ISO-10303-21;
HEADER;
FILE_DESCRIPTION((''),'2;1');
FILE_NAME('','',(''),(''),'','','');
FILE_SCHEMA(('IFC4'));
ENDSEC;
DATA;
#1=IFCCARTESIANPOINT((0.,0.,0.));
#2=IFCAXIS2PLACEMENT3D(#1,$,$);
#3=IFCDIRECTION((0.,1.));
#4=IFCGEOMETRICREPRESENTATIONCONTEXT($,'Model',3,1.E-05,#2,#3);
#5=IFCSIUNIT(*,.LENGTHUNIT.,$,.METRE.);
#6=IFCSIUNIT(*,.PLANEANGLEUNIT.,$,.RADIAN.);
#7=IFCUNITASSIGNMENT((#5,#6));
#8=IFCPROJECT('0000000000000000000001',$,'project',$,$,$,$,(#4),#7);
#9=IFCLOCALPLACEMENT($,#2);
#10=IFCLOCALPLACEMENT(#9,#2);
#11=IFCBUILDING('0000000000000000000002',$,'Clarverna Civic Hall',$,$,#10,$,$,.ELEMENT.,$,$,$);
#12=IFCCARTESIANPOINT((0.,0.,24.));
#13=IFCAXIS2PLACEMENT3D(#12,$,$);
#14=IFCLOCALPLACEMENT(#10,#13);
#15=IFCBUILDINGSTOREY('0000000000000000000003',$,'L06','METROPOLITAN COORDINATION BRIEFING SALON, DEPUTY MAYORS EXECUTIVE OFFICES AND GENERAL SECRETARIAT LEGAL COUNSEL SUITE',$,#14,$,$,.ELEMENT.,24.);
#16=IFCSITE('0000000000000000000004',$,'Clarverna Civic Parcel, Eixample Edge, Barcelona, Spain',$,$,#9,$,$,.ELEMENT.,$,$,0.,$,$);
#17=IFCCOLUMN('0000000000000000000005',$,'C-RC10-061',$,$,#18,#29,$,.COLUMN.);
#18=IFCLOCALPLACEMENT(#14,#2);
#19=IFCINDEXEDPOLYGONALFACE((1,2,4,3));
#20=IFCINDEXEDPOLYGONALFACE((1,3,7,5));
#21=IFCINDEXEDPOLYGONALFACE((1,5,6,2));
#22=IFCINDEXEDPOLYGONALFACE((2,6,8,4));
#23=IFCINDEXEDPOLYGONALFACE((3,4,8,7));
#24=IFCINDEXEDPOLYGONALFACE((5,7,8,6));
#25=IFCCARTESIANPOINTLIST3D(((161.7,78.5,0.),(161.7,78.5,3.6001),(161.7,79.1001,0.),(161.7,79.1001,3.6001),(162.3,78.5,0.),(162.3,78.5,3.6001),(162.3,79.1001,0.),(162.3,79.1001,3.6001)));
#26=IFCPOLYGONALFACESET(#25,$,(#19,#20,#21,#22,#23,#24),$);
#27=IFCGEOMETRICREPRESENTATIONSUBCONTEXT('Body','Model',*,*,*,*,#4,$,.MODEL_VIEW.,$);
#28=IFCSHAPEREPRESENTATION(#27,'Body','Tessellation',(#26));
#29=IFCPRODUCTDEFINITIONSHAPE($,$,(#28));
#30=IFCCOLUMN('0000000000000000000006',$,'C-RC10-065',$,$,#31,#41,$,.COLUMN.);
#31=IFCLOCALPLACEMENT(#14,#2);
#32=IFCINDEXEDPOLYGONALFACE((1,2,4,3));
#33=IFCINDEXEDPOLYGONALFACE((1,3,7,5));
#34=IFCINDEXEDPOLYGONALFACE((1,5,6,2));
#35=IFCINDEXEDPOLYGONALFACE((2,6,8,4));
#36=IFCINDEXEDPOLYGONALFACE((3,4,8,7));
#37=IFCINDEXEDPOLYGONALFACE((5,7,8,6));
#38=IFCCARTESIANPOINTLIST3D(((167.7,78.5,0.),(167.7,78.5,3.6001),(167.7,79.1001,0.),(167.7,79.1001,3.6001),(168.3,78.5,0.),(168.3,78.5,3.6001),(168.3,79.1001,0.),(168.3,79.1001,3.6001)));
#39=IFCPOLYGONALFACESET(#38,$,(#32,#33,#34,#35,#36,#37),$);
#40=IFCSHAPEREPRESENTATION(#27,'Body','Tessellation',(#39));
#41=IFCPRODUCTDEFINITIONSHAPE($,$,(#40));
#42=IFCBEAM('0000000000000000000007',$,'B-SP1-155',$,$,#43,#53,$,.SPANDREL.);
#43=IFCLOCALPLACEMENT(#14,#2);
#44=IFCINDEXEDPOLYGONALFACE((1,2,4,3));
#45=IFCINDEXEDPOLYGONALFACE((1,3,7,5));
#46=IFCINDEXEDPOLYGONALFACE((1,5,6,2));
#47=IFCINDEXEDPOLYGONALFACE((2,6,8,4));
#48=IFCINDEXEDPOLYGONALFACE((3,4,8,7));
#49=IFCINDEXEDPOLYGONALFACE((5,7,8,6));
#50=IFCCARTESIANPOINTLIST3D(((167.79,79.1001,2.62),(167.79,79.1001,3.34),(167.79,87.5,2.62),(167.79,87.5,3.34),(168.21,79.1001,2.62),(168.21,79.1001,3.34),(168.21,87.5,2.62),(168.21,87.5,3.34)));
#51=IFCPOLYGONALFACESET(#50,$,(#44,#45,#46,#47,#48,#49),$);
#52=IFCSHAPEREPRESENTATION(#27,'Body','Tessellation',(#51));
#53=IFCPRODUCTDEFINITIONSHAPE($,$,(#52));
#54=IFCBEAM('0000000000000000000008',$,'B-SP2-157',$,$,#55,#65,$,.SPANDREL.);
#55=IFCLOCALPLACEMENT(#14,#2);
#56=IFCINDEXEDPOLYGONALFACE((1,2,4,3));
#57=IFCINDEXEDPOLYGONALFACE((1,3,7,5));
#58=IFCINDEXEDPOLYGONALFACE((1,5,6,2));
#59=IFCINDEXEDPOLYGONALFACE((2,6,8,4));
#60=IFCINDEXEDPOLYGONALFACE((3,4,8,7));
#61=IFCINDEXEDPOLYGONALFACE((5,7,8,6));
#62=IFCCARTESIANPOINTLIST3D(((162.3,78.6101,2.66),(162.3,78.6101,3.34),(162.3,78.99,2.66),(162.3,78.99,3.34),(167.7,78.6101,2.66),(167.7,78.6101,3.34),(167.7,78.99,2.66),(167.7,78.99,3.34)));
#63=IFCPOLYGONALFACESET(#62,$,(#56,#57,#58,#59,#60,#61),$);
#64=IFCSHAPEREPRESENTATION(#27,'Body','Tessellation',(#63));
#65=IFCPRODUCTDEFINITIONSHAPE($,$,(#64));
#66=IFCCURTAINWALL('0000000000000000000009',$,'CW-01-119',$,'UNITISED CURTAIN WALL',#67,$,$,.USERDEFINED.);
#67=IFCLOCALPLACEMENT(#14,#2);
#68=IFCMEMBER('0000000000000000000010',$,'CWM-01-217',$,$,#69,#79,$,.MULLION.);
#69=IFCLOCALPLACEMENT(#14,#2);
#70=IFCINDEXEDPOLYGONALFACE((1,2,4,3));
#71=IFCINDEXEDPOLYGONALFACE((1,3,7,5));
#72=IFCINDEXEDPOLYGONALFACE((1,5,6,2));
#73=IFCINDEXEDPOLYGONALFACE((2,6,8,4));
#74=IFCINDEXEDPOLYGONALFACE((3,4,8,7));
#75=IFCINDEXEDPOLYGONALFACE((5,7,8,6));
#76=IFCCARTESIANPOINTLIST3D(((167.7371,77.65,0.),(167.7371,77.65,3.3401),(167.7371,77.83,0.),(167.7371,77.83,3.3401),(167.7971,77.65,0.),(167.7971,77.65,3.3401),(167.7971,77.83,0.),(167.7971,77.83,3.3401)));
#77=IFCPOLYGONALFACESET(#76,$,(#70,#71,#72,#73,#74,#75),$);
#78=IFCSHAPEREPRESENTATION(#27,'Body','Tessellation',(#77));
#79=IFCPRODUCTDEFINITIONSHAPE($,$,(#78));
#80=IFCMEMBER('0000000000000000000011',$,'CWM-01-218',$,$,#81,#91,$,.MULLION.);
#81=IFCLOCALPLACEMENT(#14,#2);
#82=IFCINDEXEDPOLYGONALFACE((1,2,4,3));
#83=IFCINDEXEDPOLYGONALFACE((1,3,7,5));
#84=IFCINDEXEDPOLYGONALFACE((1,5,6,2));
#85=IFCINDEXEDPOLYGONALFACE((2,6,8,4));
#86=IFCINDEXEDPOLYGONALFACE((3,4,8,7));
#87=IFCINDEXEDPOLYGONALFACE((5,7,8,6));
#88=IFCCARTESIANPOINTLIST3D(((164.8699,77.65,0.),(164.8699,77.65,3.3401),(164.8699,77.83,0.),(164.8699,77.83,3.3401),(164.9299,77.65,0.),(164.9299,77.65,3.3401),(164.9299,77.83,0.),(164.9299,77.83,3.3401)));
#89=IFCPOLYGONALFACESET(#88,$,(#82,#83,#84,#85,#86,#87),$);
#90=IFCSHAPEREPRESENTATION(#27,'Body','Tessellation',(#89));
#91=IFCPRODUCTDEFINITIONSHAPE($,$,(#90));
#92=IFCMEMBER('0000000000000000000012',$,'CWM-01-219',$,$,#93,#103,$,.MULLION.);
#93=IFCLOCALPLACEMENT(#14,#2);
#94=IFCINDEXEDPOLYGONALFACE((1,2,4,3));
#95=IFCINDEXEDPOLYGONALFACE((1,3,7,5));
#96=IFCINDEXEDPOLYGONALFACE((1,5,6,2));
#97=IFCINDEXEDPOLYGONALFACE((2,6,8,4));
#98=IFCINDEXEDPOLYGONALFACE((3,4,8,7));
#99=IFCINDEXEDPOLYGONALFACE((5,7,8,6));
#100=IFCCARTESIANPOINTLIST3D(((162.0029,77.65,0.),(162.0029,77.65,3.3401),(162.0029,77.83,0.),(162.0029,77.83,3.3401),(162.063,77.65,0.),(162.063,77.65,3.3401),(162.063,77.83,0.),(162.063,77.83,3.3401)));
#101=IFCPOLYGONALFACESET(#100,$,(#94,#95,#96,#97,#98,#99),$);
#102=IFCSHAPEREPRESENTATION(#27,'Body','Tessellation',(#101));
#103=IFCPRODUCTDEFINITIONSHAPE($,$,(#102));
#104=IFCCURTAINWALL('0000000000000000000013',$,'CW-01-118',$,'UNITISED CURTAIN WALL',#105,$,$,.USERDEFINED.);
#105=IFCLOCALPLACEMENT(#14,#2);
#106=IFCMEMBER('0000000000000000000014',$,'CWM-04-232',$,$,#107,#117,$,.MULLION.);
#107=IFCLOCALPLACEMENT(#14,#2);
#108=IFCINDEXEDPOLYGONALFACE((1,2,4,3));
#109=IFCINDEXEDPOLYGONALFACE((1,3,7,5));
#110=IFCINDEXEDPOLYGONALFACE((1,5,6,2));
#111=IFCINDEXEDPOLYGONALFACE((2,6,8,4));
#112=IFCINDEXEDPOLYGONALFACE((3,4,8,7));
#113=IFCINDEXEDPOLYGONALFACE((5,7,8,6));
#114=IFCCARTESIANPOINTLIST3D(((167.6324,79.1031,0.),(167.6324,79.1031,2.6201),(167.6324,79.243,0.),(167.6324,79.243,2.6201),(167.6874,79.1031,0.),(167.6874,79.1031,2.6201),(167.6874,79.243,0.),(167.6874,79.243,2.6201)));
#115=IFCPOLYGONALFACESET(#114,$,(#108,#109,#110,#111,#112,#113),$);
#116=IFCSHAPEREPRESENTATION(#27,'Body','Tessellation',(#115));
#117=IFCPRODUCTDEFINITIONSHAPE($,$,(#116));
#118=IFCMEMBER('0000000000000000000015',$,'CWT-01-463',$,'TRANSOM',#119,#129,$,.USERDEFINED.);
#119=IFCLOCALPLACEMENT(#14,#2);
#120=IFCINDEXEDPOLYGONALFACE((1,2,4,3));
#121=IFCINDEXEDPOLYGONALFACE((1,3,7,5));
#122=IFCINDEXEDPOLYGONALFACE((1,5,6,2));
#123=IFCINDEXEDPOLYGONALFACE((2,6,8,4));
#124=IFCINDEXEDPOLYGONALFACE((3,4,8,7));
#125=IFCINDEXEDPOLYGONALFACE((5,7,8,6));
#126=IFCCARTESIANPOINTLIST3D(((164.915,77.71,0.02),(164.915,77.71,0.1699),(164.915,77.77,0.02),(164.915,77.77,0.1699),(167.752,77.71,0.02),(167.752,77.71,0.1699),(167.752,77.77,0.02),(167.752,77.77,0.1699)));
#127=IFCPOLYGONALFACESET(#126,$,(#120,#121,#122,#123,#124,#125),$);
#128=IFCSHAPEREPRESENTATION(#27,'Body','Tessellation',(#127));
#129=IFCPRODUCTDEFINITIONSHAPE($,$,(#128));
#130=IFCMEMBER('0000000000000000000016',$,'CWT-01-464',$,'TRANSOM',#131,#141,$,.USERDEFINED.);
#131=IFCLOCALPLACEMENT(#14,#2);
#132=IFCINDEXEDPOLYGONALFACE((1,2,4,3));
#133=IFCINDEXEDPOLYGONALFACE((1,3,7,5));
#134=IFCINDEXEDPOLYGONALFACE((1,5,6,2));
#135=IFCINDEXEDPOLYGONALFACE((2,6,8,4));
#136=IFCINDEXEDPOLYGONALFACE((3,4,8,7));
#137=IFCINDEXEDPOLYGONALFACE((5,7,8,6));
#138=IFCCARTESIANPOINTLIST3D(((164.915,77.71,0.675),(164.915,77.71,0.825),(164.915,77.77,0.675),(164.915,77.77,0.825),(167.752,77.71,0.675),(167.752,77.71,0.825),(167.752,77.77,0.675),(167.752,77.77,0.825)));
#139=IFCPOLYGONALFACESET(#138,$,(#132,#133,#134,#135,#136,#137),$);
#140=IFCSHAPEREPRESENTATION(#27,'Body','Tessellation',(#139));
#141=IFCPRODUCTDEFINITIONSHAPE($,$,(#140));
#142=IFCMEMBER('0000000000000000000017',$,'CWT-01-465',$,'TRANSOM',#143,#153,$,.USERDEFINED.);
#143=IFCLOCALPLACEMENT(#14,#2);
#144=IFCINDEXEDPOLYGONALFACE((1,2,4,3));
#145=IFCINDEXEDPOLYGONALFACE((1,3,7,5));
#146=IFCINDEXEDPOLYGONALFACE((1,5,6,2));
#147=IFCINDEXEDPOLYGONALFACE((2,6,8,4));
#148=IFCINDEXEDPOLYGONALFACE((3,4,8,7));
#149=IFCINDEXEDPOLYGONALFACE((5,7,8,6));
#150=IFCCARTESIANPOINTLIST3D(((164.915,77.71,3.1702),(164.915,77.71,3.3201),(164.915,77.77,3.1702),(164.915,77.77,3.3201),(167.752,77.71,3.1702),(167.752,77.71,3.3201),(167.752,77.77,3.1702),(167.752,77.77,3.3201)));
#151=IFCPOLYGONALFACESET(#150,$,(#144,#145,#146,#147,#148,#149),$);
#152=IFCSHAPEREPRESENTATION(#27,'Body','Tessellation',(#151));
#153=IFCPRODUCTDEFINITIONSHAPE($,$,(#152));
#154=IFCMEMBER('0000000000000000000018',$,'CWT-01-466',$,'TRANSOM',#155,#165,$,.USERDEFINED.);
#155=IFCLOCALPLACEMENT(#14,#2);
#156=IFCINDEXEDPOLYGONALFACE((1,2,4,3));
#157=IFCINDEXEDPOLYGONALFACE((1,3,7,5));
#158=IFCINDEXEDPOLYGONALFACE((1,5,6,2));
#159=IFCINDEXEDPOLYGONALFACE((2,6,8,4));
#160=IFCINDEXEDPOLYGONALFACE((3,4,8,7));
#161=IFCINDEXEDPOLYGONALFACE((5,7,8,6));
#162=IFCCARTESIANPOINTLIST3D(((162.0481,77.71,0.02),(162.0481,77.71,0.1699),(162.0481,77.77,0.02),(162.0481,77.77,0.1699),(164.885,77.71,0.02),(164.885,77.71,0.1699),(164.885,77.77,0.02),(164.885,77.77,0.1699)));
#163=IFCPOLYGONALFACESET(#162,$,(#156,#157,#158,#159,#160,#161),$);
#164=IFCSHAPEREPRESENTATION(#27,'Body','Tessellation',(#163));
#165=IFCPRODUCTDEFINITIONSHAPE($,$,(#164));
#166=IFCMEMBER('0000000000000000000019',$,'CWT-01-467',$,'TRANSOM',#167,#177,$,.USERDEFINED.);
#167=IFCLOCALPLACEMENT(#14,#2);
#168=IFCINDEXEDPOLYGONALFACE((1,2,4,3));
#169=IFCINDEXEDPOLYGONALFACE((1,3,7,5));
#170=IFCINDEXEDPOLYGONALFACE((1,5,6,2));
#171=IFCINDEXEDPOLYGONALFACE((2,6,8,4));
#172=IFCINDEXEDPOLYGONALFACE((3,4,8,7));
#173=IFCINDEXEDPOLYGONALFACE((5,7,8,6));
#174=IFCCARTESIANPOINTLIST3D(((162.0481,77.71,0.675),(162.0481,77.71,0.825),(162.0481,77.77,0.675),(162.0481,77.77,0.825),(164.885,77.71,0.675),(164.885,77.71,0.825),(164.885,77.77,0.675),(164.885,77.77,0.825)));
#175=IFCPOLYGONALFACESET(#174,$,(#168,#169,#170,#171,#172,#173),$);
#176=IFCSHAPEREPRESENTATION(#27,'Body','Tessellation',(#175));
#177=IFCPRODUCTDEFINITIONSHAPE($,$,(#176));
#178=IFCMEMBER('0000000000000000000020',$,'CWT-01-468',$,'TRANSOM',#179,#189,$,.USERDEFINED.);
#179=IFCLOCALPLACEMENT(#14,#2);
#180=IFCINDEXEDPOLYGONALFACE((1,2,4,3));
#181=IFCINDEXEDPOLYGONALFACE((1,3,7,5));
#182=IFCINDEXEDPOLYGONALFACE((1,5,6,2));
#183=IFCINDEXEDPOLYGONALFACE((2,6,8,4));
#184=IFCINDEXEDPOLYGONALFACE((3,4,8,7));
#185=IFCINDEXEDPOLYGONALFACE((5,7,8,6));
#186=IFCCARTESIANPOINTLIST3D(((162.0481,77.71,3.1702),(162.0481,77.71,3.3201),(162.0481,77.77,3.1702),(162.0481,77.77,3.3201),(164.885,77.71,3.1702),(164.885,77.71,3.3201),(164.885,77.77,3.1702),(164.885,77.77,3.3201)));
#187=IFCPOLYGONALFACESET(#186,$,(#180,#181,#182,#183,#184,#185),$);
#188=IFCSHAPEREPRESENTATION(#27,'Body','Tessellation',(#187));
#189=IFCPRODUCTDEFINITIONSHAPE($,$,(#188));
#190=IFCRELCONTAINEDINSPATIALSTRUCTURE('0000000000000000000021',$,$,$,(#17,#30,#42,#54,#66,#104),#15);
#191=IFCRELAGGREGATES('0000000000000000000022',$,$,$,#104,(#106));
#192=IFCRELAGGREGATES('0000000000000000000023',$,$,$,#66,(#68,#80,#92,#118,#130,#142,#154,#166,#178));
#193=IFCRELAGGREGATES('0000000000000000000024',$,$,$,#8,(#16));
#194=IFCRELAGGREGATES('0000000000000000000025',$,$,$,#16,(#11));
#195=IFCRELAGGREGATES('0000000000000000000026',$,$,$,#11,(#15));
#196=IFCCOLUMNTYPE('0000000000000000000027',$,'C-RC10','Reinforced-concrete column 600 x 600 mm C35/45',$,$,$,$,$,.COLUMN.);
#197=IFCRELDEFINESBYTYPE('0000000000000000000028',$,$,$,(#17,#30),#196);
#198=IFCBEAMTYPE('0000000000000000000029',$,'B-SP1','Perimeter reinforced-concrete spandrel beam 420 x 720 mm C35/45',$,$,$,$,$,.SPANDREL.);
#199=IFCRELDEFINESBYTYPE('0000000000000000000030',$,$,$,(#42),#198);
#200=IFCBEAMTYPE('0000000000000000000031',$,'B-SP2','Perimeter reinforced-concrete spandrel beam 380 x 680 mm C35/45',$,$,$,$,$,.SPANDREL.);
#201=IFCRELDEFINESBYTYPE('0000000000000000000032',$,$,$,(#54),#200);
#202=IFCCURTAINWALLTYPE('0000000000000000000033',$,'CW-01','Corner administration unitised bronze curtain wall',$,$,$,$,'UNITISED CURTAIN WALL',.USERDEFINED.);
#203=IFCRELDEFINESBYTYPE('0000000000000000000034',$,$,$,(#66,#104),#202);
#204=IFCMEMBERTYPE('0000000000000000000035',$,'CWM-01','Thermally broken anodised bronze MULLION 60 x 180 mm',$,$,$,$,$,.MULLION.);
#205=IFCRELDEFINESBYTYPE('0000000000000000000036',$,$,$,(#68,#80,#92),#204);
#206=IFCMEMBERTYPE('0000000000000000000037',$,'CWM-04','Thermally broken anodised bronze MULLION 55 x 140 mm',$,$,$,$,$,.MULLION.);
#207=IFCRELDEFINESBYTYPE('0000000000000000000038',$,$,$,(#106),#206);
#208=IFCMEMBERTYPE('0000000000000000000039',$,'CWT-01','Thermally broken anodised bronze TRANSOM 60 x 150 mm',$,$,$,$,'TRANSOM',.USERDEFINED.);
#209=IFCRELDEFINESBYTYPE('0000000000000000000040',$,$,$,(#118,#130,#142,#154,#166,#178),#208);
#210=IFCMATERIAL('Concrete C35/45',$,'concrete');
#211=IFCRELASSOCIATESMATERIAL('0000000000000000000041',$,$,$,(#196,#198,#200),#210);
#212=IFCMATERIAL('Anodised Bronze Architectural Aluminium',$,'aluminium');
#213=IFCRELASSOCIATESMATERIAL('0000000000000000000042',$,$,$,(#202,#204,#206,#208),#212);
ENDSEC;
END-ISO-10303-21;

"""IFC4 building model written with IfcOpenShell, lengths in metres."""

from ifc_helpers import new_model, si_unit, direction, frame, origin, origin_2d, place, context, subcontext, project, spatial, rectangle, extrude, material, material_profile, profile_set, type_object, element, aggregate, save


model = new_model("IFC4")

# Units and contexts
model_context = context("Model", 3, precision=1e-05, world=origin(), true_north=direction((0.0, 1.0)))
body_context = subcontext(model_context, "Body", "Model", "MODEL_VIEW")
ifc_project = project(units=[si_unit("LENGTHUNIT", "METRE"), si_unit("PLANEANGLEUNIT", "RADIAN")], contexts=[model_context])

# Site, building, storey
site_placement = place(None, origin())
site = spatial("IfcSite", under=ifc_project, at=site_placement, Name="Clarverna Civic Parcel, Eixample Edge, Barcelona, Spain", CompositionType="ELEMENT", RefElevation=0.0)
building_placement = place(site_placement, origin())
building = spatial("IfcBuilding", under=site, at=building_placement, Name="Clarverna Civic Hall", CompositionType="ELEMENT")
storey_placement = place(building_placement, frame((0.0, 0.0, 24.0)))
storey = spatial("IfcBuildingStorey", under=building, at=storey_placement, Name="L06", Description="METROPOLITAN COORDINATION BRIEFING SALON, DEPUTY MAYORS EXECUTIVE OFFICES AND GENERAL SECRETARIAT LEGAL COUNSEL SUITE", CompositionType="ELEMENT", Elevation=24.0)

# Columns
ifc_material_1 = material(Name="Concrete C35/45", Category="concrete")
ifc_material_profile_1 = material_profile(ifc_material_1, rectangle(XDim=0.6001, YDim=0.6001, at=origin_2d()), Name="RC 600x600")
ifc_profile_set_1 = profile_set([ifc_material_profile_1], Name="Concrete C35/45")
column_type = type_object("IfcColumnType", Name="C-RC10", Description="Reinforced-concrete column 600 x 600 mm C35/45", PredefinedType="COLUMN", material=ifc_profile_set_1)
for number, where, z_axis, x_axis, name in (
    (1, (162.0, 78.8, 0.0), (0.0, 0.0, 1.0), (1.0, 0.0, 0.0), "C-RC10-061"),
    (2, (168.0, 78.8, 0.0), (0.0, 0.0, 1.0), (1.0, 0.0, 0.0), "C-RC10-065"),
):
    element("IfcColumn", number, at=place(storey_placement, frame(where, z_axis=z_axis, x_axis=x_axis)), inside=storey, type_object=column_type, Name=name, PredefinedType="COLUMN", context=body_context, shape_type="SweptSolid", body=[
        extrude(rectangle(XDim=0.6001, YDim=0.6001, at=origin_2d()), origin(), (0.0, 0.0, 1.0), 3.6001),
    ])

# Beams
ifc_material_profile_2 = material_profile(ifc_material_1, rectangle(XDim=0.4199, YDim=0.72, at=origin_2d()), Name="RC 420x720")
ifc_profile_set_2 = profile_set([ifc_material_profile_2], Name="Concrete C35/45")
beam_type_1 = type_object("IfcBeamType", Name="B-SP1", Description="Perimeter reinforced-concrete spandrel beam 420 x 720 mm C35/45", PredefinedType="SPANDREL", material=ifc_profile_set_2)
beam_1_placement = place(storey_placement, frame((168.0, 79.1001, 2.98), z_axis=(0.0, 1.0, 0.0), x_axis=(-1.0, 0.0, 0.0)))
element("IfcBeam", 3, at=beam_1_placement, inside=storey, type_object=beam_type_1, Name="B-SP1-155", PredefinedType="SPANDREL", context=body_context, shape_type="SweptSolid", body=[
    extrude(rectangle(XDim=0.4199, YDim=0.72, at=origin_2d()), origin(), (0.0, 0.0, 1.0), 8.3999),
])
ifc_material_profile_3 = material_profile(ifc_material_1, rectangle(XDim=0.3799, YDim=0.6799, at=origin_2d()), Name="RC 380x680")
ifc_profile_set_3 = profile_set([ifc_material_profile_3], Name="Concrete C35/45")
beam_type_2 = type_object("IfcBeamType", Name="B-SP2", Description="Perimeter reinforced-concrete spandrel beam 380 x 680 mm C35/45", PredefinedType="SPANDREL", material=ifc_profile_set_3)
beam_2_placement = place(storey_placement, frame((162.3, 78.8, 3.0), z_axis=(1.0, 0.0, 0.0), x_axis=(0.0, 1.0, 0.0)))
element("IfcBeam", 4, at=beam_2_placement, inside=storey, type_object=beam_type_2, Name="B-SP2-157", PredefinedType="SPANDREL", context=body_context, shape_type="SweptSolid", body=[
    extrude(rectangle(XDim=0.3799, YDim=0.6799, at=origin_2d()), origin(), (0.0, 0.0, 1.0), 5.3999),
])

# Curtain wall, members
ifc_material_2 = material(Name="Anodised Bronze Architectural Aluminium", Category="aluminium")
curtain_wall_type = type_object("IfcCurtainWallType", Name="CW-01", Description="Corner administration unitised bronze curtain wall", ElementType="UNITISED CURTAIN WALL", PredefinedType="USERDEFINED", material=ifc_material_2)
curtain_wall_1_placement = place(storey_placement, origin())
curtain_wall_1 = element("IfcCurtainWall", 5, at=curtain_wall_1_placement, inside=storey, type_object=curtain_wall_type, Name="CW-01-119", ObjectType="UNITISED CURTAIN WALL", PredefinedType="USERDEFINED")
ifc_material_profile_4 = material_profile(ifc_material_2, rectangle(XDim=0.0601, YDim=0.1799, at=origin_2d()), Name="BRONZE 60x180")
ifc_profile_set_4 = profile_set([ifc_material_profile_4], Name="Anodised Bronze Architectural Aluminium")
member_type_1 = type_object("IfcMemberType", Name="CWM-01", Description="Thermally broken anodised bronze MULLION 60 x 180 mm", PredefinedType="MULLION", material=ifc_profile_set_4)
member_1_placement = place(storey_placement, frame((167.7671, 77.74, 0.0), z_axis=(0.0, 0.0, 1.0), x_axis=(1.0, 0.0, 0.0)))
member_1 = element("IfcMember", 6, at=member_1_placement, type_object=member_type_1, Name="CWM-01-217", PredefinedType="MULLION", context=body_context, shape_type="SweptSolid", body=[
    extrude(rectangle(XDim=0.0601, YDim=0.1799, at=origin_2d()), origin(), (0.0, 0.0, 1.0), 3.3401),
])
member_2_placement = place(storey_placement, frame((164.8999, 77.74, 0.0), z_axis=(0.0, 0.0, 1.0), x_axis=(1.0, 0.0, 0.0)))
member_2 = element("IfcMember", 7, at=member_2_placement, type_object=member_type_1, Name="CWM-01-218", PredefinedType="MULLION", context=body_context, shape_type="SweptSolid", body=[
    extrude(rectangle(XDim=0.0601, YDim=0.1799, at=origin_2d()), origin(), (0.0, 0.0, 1.0), 3.3401),
])
member_3_placement = place(storey_placement, frame((162.033, 77.74, 0.0), z_axis=(0.0, 0.0, 1.0), x_axis=(1.0, 0.0, 0.0)))
member_3 = element("IfcMember", 8, at=member_3_placement, type_object=member_type_1, Name="CWM-01-219", PredefinedType="MULLION", context=body_context, shape_type="SweptSolid", body=[
    extrude(rectangle(XDim=0.0601, YDim=0.1799, at=origin_2d()), origin(), (0.0, 0.0, 1.0), 3.3401),
])

# Curtain wall, member
curtain_wall_2_placement = place(storey_placement, origin())
curtain_wall_2 = element("IfcCurtainWall", 9, at=curtain_wall_2_placement, inside=storey, type_object=curtain_wall_type, Name="CW-01-118", ObjectType="UNITISED CURTAIN WALL", PredefinedType="USERDEFINED")
ifc_material_profile_5 = material_profile(ifc_material_2, rectangle(XDim=0.0549, YDim=0.1399, at=origin_2d()), Name="BRONZE 55x140")
ifc_profile_set_5 = profile_set([ifc_material_profile_5], Name="Anodised Bronze Architectural Aluminium")
member_type_2 = type_object("IfcMemberType", Name="CWM-04", Description="Thermally broken anodised bronze MULLION 55 x 140 mm", PredefinedType="MULLION", material=ifc_profile_set_5)
member_4_placement = place(storey_placement, frame((167.6599, 79.1731, 0.0), z_axis=(0.0, 0.0, 1.0), x_axis=(1.0, 0.0, 0.0)))
member_4 = element("IfcMember", 10, at=member_4_placement, type_object=member_type_2, Name="CWM-04-232", PredefinedType="MULLION", context=body_context, shape_type="SweptSolid", body=[
    extrude(rectangle(XDim=0.0549, YDim=0.1399, at=origin_2d()), origin(), (0.0, 0.0, 1.0), 2.6201),
])
aggregate(curtain_wall_2, [member_4])

# Members
ifc_material_profile_6 = material_profile(ifc_material_2, rectangle(XDim=0.0601, YDim=0.1499, at=origin_2d()), Name="BRONZE 60x150")
ifc_profile_set_6 = profile_set([ifc_material_profile_6], Name="Anodised Bronze Architectural Aluminium")
member_type_3 = type_object("IfcMemberType", Name="CWT-01", Description="Thermally broken anodised bronze TRANSOM 60 x 150 mm", ElementType="TRANSOM", PredefinedType="USERDEFINED", material=ifc_profile_set_6)
member_5_placement = place(storey_placement, frame((167.752, 77.74, 0.095), z_axis=(-1.0, 0.0, 0.0), x_axis=(0.0, -1.0, 0.0)))
member_5 = element("IfcMember", 11, at=member_5_placement, type_object=member_type_3, Name="CWT-01-463", ObjectType="TRANSOM", PredefinedType="USERDEFINED", context=body_context, shape_type="SweptSolid", body=[
    extrude(rectangle(XDim=0.0601, YDim=0.1499, at=origin_2d()), origin(), (0.0, 0.0, 1.0), 2.8369),
])
member_6_placement = place(storey_placement, frame((167.752, 77.74, 0.75), z_axis=(-1.0, 0.0, 0.0), x_axis=(0.0, -1.0, 0.0)))
member_6 = element("IfcMember", 12, at=member_6_placement, type_object=member_type_3, Name="CWT-01-464", ObjectType="TRANSOM", PredefinedType="USERDEFINED", context=body_context, shape_type="SweptSolid", body=[
    extrude(rectangle(XDim=0.0601, YDim=0.1499, at=origin_2d()), origin(), (0.0, 0.0, 1.0), 2.8369),
])
member_7_placement = place(storey_placement, frame((167.752, 77.74, 3.2451), z_axis=(-1.0, 0.0, 0.0), x_axis=(0.0, -1.0, 0.0)))
member_7 = element("IfcMember", 13, at=member_7_placement, type_object=member_type_3, Name="CWT-01-465", ObjectType="TRANSOM", PredefinedType="USERDEFINED", context=body_context, shape_type="SweptSolid", body=[
    extrude(rectangle(XDim=0.0601, YDim=0.1499, at=origin_2d()), origin(), (0.0, 0.0, 1.0), 2.8369),
])
member_8_placement = place(storey_placement, frame((164.885, 77.74, 0.095), z_axis=(-1.0, 0.0, 0.0), x_axis=(0.0, -1.0, 0.0)))
member_8 = element("IfcMember", 14, at=member_8_placement, type_object=member_type_3, Name="CWT-01-466", ObjectType="TRANSOM", PredefinedType="USERDEFINED", context=body_context, shape_type="SweptSolid", body=[
    extrude(rectangle(XDim=0.0601, YDim=0.1499, at=origin_2d()), origin(), (0.0, 0.0, 1.0), 2.8369),
])
member_9_placement = place(storey_placement, frame((164.885, 77.74, 0.75), z_axis=(-1.0, 0.0, 0.0), x_axis=(0.0, -1.0, 0.0)))
member_9 = element("IfcMember", 15, at=member_9_placement, type_object=member_type_3, Name="CWT-01-467", ObjectType="TRANSOM", PredefinedType="USERDEFINED", context=body_context, shape_type="SweptSolid", body=[
    extrude(rectangle(XDim=0.0601, YDim=0.1499, at=origin_2d()), origin(), (0.0, 0.0, 1.0), 2.8369),
])
member_10_placement = place(storey_placement, frame((164.885, 77.74, 3.2451), z_axis=(-1.0, 0.0, 0.0), x_axis=(0.0, -1.0, 0.0)))
member_10 = element("IfcMember", 16, at=member_10_placement, type_object=member_type_3, Name="CWT-01-468", ObjectType="TRANSOM", PredefinedType="USERDEFINED", context=body_context, shape_type="SweptSolid", body=[
    extrude(rectangle(XDim=0.0601, YDim=0.1499, at=origin_2d()), origin(), (0.0, 0.0, 1.0), 2.8369),
])

aggregate(curtain_wall_1, [member_1, member_2, member_3, member_5, member_6, member_7, member_8, member_9, member_10])

save(model, "model.ifc")
